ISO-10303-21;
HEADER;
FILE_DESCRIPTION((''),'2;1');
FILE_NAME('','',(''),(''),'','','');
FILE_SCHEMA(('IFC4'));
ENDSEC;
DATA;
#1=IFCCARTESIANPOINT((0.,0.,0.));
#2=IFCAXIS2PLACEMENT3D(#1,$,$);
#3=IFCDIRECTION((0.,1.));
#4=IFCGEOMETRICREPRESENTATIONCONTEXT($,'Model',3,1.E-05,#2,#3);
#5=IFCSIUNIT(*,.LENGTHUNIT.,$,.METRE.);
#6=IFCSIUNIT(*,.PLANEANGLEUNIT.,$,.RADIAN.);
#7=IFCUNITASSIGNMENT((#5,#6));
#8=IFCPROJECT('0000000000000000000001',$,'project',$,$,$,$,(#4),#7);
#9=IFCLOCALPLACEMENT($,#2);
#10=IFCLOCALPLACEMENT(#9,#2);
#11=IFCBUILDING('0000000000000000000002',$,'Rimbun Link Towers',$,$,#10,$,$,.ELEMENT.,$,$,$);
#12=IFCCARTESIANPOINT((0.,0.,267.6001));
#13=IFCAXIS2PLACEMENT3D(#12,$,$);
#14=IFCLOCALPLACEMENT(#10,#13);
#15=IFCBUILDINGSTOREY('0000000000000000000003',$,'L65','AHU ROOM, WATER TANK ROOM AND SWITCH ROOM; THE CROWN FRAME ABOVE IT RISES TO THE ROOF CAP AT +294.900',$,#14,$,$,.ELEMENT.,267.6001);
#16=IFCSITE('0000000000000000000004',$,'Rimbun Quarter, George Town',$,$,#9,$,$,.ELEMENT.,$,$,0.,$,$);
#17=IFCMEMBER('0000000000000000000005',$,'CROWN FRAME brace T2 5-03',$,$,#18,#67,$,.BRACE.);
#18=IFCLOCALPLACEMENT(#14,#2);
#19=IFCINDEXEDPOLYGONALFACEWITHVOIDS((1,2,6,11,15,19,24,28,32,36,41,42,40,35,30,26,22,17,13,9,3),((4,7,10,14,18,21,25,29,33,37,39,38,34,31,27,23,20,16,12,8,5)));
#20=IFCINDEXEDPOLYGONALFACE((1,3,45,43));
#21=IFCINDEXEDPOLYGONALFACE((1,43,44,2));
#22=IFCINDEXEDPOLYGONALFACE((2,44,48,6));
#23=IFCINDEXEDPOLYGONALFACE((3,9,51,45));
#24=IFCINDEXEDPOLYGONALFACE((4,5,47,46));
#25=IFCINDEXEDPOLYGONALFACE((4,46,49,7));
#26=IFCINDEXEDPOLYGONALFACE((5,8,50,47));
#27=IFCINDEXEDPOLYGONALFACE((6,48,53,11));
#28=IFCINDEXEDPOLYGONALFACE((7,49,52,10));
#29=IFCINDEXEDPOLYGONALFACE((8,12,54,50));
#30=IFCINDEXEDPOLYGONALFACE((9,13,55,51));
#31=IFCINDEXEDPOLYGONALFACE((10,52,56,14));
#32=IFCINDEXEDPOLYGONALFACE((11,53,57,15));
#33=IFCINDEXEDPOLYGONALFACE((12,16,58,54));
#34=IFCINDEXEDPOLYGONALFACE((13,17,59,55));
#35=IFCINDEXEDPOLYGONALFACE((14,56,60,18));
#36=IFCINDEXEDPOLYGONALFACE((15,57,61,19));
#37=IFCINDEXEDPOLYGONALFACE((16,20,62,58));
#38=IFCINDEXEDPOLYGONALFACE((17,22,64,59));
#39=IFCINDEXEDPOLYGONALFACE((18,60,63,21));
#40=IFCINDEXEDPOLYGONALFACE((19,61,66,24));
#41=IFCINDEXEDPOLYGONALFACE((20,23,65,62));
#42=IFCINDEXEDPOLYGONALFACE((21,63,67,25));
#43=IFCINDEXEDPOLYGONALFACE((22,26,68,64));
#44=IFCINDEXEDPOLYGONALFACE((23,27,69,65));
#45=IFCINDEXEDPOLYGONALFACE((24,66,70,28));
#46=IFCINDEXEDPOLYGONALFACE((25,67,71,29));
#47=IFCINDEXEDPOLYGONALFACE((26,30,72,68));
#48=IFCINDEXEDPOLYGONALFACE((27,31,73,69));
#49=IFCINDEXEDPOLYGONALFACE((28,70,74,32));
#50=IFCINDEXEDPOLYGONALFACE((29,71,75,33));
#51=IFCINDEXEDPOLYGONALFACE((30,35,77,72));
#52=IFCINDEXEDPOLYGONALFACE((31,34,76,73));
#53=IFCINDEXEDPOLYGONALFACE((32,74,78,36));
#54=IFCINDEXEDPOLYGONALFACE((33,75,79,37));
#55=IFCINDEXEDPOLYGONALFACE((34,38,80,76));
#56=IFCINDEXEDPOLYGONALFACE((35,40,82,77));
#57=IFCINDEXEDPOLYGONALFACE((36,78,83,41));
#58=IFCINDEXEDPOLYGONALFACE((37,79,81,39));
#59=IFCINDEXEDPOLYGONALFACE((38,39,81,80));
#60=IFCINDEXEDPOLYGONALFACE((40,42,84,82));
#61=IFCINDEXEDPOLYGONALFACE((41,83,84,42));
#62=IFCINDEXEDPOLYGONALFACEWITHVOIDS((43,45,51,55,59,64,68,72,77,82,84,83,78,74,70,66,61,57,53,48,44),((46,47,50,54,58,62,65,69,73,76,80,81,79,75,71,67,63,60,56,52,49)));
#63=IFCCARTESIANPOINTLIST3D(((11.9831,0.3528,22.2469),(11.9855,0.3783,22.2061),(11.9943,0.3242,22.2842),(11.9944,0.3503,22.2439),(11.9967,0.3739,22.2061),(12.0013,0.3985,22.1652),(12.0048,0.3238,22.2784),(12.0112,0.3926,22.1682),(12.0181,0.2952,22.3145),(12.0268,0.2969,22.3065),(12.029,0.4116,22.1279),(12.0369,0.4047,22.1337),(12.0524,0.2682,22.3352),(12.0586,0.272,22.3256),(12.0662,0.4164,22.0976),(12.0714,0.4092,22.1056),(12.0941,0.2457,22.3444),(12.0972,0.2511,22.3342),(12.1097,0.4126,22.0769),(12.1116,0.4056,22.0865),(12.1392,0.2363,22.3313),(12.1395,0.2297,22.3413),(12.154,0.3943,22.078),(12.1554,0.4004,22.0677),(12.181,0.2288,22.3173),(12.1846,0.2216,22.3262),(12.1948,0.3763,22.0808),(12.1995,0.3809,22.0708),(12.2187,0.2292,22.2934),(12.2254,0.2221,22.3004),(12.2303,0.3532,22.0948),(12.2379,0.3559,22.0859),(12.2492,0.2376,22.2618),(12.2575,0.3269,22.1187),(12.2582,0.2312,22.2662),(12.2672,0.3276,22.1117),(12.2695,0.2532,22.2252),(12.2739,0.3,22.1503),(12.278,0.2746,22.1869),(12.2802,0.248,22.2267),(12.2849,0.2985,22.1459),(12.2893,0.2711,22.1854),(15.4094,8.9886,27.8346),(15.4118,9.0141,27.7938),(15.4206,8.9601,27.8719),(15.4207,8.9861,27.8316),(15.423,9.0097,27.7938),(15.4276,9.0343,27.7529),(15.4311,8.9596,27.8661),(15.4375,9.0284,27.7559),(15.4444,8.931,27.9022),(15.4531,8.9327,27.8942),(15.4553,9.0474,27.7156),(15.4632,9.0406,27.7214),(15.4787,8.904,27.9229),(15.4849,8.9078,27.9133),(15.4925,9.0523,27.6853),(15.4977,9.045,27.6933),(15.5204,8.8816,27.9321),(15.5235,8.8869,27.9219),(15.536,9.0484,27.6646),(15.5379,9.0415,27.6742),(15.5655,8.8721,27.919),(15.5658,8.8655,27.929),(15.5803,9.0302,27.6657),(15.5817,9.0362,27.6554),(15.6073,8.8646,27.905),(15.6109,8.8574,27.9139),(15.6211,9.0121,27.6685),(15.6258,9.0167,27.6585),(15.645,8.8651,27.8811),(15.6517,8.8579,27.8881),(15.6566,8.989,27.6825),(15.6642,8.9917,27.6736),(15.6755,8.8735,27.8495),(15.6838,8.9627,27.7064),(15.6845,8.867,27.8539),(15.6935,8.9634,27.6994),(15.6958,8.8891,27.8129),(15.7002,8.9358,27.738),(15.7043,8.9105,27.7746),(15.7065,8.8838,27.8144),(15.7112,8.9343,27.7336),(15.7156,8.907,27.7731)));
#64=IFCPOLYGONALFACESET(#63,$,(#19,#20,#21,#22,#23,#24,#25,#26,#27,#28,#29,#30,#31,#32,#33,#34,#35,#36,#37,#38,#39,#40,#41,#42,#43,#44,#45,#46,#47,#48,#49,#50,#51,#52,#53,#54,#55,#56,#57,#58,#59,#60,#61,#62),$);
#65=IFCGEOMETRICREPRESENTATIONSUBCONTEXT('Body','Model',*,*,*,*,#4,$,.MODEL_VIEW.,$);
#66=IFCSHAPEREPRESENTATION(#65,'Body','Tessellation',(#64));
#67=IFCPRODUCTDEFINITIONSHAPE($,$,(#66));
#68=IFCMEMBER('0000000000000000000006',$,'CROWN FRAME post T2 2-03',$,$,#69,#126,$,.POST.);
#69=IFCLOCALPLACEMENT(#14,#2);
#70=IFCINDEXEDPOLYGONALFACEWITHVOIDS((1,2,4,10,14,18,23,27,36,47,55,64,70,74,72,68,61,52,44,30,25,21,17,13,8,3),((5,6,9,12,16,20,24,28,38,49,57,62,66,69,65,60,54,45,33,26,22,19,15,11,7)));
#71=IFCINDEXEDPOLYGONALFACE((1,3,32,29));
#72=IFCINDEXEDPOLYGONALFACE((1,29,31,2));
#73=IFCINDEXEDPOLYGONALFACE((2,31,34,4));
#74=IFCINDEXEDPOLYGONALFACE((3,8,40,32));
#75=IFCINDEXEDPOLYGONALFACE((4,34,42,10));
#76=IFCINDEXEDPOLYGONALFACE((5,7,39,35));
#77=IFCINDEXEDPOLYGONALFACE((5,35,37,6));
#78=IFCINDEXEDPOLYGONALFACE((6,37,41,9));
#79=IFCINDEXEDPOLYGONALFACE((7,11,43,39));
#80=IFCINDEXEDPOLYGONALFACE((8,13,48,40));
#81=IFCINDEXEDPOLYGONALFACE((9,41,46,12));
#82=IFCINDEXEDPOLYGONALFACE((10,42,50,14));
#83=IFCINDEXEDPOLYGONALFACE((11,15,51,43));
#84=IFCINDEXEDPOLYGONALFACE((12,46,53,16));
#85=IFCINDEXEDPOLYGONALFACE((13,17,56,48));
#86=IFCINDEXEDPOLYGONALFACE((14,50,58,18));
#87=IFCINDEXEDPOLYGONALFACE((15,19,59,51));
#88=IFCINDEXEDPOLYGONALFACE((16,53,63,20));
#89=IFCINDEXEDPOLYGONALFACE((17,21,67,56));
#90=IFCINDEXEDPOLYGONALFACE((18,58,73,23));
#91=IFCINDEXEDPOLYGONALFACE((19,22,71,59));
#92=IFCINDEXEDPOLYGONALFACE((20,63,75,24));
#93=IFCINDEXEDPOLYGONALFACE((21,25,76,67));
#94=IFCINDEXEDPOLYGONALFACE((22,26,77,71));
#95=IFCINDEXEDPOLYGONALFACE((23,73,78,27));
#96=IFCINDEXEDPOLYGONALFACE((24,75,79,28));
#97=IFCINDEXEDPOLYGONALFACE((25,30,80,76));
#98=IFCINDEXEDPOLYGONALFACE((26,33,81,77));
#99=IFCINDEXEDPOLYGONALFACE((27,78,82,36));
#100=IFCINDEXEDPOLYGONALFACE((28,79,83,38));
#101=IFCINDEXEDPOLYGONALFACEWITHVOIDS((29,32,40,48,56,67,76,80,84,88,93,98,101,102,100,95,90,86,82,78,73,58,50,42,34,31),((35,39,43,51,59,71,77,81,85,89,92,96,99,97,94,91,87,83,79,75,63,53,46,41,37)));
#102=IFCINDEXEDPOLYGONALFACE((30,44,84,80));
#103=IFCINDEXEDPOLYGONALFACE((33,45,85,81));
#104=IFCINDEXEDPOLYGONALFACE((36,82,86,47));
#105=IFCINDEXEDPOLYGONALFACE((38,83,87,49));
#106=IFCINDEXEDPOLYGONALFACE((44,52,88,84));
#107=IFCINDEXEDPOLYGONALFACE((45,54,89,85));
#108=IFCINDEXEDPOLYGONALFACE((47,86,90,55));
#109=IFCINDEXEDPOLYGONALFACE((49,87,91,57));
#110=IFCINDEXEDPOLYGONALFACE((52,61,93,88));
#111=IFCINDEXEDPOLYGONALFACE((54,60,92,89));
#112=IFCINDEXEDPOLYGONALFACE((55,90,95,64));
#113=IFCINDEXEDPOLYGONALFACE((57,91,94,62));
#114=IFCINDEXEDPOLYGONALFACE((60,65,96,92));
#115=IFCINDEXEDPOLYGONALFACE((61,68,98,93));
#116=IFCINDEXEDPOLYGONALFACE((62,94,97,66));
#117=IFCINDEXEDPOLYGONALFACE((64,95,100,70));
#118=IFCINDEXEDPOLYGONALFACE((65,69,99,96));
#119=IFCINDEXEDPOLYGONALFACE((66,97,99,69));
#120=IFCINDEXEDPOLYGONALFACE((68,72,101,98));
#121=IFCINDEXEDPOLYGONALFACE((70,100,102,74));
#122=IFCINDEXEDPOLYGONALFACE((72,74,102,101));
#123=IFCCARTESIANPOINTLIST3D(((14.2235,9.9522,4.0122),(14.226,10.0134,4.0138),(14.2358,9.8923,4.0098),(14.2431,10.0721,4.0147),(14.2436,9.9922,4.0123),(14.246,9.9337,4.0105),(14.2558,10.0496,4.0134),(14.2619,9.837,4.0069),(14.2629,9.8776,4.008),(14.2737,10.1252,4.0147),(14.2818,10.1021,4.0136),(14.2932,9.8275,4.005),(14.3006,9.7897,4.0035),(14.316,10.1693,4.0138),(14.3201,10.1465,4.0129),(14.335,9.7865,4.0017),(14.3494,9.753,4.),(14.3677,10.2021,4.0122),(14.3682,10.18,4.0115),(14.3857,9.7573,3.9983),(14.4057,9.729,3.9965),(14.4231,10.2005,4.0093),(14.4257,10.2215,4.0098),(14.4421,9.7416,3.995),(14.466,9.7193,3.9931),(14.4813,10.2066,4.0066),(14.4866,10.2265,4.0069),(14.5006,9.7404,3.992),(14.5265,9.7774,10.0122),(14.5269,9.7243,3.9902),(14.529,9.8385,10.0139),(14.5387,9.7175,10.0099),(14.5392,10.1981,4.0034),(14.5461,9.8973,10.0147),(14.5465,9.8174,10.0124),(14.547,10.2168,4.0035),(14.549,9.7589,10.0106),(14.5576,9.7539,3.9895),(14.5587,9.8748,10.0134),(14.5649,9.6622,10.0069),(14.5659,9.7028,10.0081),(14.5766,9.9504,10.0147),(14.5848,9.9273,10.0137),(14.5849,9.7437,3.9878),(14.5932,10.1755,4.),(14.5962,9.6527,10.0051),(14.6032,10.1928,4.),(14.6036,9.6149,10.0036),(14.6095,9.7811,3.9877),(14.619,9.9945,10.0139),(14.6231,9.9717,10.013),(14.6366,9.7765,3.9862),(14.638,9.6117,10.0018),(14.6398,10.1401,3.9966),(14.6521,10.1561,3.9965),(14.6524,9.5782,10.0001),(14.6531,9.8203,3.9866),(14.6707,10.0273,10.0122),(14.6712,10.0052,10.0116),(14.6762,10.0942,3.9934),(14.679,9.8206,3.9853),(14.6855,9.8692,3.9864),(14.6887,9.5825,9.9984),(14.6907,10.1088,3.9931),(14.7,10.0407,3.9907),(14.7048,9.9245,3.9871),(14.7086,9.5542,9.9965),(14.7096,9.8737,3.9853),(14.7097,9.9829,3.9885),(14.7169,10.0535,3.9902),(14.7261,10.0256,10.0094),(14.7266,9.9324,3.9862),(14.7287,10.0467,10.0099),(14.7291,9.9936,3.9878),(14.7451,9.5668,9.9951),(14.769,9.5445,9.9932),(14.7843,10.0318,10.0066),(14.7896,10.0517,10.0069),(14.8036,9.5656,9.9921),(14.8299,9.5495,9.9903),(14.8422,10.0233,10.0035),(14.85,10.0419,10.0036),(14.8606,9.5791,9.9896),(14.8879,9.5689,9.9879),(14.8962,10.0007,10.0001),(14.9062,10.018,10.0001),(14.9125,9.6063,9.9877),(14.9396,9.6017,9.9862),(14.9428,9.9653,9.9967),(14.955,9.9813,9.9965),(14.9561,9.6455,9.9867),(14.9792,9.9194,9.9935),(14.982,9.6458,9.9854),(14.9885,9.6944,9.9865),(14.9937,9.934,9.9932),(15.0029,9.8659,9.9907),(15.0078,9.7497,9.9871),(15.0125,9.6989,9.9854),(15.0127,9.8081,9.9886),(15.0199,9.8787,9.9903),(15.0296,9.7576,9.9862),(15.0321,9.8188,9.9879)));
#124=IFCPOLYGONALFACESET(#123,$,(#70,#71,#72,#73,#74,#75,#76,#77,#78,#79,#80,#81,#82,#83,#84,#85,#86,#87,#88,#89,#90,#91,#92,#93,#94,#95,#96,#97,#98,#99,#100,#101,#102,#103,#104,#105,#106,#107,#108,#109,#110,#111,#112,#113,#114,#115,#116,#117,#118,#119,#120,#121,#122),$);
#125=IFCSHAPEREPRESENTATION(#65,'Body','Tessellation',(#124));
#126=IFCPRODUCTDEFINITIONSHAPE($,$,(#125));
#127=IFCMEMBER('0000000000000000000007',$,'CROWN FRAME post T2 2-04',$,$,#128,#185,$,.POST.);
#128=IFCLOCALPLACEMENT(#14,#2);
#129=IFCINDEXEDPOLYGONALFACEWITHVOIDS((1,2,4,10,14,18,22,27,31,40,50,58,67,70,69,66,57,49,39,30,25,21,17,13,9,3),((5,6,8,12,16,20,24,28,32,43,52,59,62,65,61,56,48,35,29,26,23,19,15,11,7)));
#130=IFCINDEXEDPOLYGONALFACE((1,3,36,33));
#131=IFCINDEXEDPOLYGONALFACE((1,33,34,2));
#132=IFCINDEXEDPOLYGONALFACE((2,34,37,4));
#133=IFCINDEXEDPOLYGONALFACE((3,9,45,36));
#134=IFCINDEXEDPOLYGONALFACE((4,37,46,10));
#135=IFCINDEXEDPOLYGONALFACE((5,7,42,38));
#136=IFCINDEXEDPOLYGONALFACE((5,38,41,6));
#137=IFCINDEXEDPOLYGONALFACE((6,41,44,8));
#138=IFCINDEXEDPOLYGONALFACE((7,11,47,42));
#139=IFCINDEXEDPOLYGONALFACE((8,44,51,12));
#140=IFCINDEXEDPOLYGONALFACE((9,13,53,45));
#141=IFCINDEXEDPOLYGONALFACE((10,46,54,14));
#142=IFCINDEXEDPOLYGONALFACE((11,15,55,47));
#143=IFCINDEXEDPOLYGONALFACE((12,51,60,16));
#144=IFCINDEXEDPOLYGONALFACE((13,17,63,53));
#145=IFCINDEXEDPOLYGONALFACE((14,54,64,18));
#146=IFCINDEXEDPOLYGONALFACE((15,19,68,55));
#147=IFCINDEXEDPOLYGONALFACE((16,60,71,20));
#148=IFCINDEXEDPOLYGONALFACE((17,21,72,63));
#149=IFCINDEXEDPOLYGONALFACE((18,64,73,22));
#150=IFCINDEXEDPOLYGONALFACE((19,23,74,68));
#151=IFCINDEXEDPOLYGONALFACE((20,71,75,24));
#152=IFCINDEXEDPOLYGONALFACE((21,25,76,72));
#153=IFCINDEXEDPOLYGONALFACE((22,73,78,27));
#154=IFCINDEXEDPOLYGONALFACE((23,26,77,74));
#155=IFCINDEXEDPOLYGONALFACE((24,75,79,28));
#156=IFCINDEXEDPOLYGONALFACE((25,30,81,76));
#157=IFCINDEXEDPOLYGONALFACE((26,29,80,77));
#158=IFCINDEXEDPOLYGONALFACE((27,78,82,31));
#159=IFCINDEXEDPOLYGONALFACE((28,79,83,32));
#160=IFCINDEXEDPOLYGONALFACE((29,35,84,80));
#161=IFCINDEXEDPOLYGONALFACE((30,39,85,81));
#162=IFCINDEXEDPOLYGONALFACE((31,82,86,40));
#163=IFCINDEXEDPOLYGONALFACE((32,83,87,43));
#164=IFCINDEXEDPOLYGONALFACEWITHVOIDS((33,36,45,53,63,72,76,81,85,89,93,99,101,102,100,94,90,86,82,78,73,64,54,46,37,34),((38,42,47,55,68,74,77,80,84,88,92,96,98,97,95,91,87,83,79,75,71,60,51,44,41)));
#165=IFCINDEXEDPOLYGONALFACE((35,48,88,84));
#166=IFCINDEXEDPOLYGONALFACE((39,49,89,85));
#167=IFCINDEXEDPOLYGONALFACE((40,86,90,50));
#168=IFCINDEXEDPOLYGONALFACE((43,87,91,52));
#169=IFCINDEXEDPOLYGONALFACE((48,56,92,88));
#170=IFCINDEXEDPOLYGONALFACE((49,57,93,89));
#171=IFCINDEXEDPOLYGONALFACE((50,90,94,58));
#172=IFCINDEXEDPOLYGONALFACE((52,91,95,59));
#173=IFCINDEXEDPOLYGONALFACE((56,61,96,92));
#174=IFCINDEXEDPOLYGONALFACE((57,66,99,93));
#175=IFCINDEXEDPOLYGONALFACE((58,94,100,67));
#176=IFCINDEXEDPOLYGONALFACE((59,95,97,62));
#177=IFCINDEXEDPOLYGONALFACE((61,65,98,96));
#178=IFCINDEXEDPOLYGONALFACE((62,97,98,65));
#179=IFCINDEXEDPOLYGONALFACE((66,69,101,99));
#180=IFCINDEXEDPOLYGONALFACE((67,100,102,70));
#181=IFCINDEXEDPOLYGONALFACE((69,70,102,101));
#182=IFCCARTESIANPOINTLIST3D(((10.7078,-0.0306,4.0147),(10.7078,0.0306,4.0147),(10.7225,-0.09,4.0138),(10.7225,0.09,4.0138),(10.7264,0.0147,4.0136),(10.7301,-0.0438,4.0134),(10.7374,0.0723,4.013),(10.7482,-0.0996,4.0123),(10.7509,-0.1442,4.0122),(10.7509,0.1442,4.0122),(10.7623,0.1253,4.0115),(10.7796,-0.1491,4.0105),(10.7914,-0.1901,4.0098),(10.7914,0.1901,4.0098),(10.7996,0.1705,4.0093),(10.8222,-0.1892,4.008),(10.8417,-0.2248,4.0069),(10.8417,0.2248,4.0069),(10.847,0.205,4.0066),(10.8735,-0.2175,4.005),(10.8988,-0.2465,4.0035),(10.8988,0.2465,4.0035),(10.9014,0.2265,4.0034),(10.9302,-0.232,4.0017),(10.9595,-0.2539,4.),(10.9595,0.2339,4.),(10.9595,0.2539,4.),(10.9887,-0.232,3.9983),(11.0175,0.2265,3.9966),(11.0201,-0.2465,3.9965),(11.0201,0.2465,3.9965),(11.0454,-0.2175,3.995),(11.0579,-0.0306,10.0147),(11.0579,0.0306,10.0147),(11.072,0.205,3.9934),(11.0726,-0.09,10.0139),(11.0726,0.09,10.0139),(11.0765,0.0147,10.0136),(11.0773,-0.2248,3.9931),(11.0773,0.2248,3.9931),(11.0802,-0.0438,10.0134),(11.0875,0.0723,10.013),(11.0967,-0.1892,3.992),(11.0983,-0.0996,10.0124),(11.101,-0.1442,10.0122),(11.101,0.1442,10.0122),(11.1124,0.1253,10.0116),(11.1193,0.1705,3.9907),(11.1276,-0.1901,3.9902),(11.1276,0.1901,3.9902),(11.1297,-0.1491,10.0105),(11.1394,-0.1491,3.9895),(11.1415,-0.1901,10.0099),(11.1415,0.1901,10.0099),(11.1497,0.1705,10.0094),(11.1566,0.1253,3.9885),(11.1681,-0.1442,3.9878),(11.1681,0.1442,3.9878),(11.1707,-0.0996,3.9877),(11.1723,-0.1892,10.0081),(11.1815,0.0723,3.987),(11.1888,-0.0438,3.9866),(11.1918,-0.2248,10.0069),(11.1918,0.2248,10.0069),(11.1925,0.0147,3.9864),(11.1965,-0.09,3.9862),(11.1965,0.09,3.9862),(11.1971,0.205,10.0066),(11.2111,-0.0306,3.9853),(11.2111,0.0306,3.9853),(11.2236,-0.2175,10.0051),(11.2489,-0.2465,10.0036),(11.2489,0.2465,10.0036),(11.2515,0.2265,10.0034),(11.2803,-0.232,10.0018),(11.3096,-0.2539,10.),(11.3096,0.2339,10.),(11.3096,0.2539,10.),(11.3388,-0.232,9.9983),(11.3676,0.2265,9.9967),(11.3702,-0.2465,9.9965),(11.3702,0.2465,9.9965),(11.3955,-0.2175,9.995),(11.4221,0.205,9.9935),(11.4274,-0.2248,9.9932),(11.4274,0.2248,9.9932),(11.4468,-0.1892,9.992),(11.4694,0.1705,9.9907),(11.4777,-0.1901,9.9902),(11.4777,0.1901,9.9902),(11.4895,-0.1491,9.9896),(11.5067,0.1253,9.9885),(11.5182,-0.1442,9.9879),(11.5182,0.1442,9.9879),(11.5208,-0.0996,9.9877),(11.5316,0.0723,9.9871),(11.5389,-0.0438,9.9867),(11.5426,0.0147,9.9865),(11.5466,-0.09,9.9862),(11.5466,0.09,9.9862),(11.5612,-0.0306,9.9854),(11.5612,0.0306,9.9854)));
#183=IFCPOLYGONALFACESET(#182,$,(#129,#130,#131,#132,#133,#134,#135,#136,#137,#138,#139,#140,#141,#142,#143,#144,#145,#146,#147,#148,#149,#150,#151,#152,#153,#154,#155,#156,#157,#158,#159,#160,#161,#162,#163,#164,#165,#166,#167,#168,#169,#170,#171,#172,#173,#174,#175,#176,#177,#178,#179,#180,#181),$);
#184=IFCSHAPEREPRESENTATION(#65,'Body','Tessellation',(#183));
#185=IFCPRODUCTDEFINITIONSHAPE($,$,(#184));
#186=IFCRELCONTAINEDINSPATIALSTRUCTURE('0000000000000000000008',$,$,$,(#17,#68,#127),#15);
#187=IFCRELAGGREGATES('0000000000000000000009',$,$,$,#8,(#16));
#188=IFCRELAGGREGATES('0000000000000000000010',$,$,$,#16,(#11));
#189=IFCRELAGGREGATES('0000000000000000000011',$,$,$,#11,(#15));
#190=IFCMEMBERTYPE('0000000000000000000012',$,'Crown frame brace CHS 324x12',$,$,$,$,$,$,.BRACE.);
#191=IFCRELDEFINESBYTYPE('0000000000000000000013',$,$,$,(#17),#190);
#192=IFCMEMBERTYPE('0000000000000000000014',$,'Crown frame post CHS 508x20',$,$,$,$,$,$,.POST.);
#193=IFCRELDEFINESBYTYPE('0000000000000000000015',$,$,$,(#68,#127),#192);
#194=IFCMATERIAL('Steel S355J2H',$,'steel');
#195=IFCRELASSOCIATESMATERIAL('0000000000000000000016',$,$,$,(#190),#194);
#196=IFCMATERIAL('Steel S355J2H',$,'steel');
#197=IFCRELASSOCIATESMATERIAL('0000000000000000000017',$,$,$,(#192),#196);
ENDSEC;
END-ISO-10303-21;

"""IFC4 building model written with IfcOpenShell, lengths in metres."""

from ifc_helpers import new_model, si_unit, direction, frame, origin, origin_2d, place, context, subcontext, project, spatial, hollow_circle, extrude, material, material_profile, profile_set, type_object, element, save


model = new_model("IFC4")

# Units and contexts
model_context = context("Model", 3, precision=1e-05, world=origin(), true_north=direction((0.0, 1.0)))
body_context = subcontext(model_context, "Body", "Model", "MODEL_VIEW")
ifc_project = project(units=[si_unit("LENGTHUNIT", "METRE"), si_unit("PLANEANGLEUNIT", "RADIAN")], contexts=[model_context])

# Site, building, storey
site_placement = place(None, origin())
site = spatial("IfcSite", under=ifc_project, at=site_placement, Name="Rimbun Quarter, George Town", CompositionType="ELEMENT", RefElevation=0.0)
building_placement = place(site_placement, origin())
building = spatial("IfcBuilding", under=site, at=building_placement, Name="Rimbun Link Towers", CompositionType="ELEMENT")
storey_placement = place(building_placement, frame((0.0, 0.0, 267.6001)))
storey = spatial("IfcBuildingStorey", under=building, at=storey_placement, Name="L65", Description="AHU ROOM, WATER TANK ROOM AND SWITCH ROOM; THE CROWN FRAME ABOVE IT RISES TO THE ROOF CAP AT +294.900", CompositionType="ELEMENT", Elevation=267.6001)

# Members
ifc_material_1 = material(Name="Steel S355J2H", Category="steel")
ifc_material_profile_1 = material_profile(ifc_material_1, hollow_circle(Radius=0.1619, WallThickness=0.012, at=origin_2d()), Name="Crown frame brace CHS 324x12")
ifc_profile_set_1 = profile_set([ifc_material_profile_1], Name="Steel S355J2H")
member_type_1 = type_object("IfcMemberType", Name="Crown frame brace CHS 324x12", PredefinedType="BRACE", material=ifc_profile_set_1)
member_1_placement = place(storey_placement, frame((12.136, 0.3186, 22.2061), z_axis=(0.316034, 0.796548, 0.515396), x_axis=(-0.929513, 0.368789, 0.0)))
element("IfcMember", 1, at=member_1_placement, inside=storey, type_object=member_type_1, Name="CROWN FRAME brace T2 5-03", PredefinedType="BRACE", context=body_context, shape_type="SweptSolid", body=[
    extrude(hollow_circle(Radius=0.1619, WallThickness=0.012, at=origin_2d()), origin(), (0.0, 0.0, 1.0), 10.8416),
])
ifc_material_2 = material(Name="Steel S355J2H", Category="steel")
ifc_material_profile_2 = material_profile(ifc_material_2, hollow_circle(Radius=0.2539, WallThickness=0.02, at=origin_2d()), Name="Crown frame post CHS 508x20")
ifc_profile_set_2 = profile_set([ifc_material_profile_2], Name="Steel S355J2H")
member_type_2 = type_object("IfcMemberType", Name="Crown frame post CHS 508x20", PredefinedType="POST", material=ifc_profile_set_2)
for number, where, z_axis, x_axis, name in (
    (2, (14.4763, 9.9729, 4.0), (0.050411, -0.029085, 0.998305), (0.499743, 0.866174, 0.0), "CROWN FRAME post T2 2-03"),
    (3, (10.9595, 0.0, 4.0), (0.058251, 0.0, 0.998302), (0.0, 1.0, 0.0), "CROWN FRAME post T2 2-04"),
):
    element("IfcMember", number, at=place(storey_placement, frame(where, z_axis=z_axis, x_axis=x_axis)), inside=storey, type_object=member_type_2, Name=name, PredefinedType="POST", context=body_context, shape_type="SweptSolid", body=[
        extrude(hollow_circle(Radius=0.2539, WallThickness=0.02, at=origin_2d()), origin(), (0.0, 0.0, 1.0), 6.0103),
    ])

save(model, "model.ifc")
